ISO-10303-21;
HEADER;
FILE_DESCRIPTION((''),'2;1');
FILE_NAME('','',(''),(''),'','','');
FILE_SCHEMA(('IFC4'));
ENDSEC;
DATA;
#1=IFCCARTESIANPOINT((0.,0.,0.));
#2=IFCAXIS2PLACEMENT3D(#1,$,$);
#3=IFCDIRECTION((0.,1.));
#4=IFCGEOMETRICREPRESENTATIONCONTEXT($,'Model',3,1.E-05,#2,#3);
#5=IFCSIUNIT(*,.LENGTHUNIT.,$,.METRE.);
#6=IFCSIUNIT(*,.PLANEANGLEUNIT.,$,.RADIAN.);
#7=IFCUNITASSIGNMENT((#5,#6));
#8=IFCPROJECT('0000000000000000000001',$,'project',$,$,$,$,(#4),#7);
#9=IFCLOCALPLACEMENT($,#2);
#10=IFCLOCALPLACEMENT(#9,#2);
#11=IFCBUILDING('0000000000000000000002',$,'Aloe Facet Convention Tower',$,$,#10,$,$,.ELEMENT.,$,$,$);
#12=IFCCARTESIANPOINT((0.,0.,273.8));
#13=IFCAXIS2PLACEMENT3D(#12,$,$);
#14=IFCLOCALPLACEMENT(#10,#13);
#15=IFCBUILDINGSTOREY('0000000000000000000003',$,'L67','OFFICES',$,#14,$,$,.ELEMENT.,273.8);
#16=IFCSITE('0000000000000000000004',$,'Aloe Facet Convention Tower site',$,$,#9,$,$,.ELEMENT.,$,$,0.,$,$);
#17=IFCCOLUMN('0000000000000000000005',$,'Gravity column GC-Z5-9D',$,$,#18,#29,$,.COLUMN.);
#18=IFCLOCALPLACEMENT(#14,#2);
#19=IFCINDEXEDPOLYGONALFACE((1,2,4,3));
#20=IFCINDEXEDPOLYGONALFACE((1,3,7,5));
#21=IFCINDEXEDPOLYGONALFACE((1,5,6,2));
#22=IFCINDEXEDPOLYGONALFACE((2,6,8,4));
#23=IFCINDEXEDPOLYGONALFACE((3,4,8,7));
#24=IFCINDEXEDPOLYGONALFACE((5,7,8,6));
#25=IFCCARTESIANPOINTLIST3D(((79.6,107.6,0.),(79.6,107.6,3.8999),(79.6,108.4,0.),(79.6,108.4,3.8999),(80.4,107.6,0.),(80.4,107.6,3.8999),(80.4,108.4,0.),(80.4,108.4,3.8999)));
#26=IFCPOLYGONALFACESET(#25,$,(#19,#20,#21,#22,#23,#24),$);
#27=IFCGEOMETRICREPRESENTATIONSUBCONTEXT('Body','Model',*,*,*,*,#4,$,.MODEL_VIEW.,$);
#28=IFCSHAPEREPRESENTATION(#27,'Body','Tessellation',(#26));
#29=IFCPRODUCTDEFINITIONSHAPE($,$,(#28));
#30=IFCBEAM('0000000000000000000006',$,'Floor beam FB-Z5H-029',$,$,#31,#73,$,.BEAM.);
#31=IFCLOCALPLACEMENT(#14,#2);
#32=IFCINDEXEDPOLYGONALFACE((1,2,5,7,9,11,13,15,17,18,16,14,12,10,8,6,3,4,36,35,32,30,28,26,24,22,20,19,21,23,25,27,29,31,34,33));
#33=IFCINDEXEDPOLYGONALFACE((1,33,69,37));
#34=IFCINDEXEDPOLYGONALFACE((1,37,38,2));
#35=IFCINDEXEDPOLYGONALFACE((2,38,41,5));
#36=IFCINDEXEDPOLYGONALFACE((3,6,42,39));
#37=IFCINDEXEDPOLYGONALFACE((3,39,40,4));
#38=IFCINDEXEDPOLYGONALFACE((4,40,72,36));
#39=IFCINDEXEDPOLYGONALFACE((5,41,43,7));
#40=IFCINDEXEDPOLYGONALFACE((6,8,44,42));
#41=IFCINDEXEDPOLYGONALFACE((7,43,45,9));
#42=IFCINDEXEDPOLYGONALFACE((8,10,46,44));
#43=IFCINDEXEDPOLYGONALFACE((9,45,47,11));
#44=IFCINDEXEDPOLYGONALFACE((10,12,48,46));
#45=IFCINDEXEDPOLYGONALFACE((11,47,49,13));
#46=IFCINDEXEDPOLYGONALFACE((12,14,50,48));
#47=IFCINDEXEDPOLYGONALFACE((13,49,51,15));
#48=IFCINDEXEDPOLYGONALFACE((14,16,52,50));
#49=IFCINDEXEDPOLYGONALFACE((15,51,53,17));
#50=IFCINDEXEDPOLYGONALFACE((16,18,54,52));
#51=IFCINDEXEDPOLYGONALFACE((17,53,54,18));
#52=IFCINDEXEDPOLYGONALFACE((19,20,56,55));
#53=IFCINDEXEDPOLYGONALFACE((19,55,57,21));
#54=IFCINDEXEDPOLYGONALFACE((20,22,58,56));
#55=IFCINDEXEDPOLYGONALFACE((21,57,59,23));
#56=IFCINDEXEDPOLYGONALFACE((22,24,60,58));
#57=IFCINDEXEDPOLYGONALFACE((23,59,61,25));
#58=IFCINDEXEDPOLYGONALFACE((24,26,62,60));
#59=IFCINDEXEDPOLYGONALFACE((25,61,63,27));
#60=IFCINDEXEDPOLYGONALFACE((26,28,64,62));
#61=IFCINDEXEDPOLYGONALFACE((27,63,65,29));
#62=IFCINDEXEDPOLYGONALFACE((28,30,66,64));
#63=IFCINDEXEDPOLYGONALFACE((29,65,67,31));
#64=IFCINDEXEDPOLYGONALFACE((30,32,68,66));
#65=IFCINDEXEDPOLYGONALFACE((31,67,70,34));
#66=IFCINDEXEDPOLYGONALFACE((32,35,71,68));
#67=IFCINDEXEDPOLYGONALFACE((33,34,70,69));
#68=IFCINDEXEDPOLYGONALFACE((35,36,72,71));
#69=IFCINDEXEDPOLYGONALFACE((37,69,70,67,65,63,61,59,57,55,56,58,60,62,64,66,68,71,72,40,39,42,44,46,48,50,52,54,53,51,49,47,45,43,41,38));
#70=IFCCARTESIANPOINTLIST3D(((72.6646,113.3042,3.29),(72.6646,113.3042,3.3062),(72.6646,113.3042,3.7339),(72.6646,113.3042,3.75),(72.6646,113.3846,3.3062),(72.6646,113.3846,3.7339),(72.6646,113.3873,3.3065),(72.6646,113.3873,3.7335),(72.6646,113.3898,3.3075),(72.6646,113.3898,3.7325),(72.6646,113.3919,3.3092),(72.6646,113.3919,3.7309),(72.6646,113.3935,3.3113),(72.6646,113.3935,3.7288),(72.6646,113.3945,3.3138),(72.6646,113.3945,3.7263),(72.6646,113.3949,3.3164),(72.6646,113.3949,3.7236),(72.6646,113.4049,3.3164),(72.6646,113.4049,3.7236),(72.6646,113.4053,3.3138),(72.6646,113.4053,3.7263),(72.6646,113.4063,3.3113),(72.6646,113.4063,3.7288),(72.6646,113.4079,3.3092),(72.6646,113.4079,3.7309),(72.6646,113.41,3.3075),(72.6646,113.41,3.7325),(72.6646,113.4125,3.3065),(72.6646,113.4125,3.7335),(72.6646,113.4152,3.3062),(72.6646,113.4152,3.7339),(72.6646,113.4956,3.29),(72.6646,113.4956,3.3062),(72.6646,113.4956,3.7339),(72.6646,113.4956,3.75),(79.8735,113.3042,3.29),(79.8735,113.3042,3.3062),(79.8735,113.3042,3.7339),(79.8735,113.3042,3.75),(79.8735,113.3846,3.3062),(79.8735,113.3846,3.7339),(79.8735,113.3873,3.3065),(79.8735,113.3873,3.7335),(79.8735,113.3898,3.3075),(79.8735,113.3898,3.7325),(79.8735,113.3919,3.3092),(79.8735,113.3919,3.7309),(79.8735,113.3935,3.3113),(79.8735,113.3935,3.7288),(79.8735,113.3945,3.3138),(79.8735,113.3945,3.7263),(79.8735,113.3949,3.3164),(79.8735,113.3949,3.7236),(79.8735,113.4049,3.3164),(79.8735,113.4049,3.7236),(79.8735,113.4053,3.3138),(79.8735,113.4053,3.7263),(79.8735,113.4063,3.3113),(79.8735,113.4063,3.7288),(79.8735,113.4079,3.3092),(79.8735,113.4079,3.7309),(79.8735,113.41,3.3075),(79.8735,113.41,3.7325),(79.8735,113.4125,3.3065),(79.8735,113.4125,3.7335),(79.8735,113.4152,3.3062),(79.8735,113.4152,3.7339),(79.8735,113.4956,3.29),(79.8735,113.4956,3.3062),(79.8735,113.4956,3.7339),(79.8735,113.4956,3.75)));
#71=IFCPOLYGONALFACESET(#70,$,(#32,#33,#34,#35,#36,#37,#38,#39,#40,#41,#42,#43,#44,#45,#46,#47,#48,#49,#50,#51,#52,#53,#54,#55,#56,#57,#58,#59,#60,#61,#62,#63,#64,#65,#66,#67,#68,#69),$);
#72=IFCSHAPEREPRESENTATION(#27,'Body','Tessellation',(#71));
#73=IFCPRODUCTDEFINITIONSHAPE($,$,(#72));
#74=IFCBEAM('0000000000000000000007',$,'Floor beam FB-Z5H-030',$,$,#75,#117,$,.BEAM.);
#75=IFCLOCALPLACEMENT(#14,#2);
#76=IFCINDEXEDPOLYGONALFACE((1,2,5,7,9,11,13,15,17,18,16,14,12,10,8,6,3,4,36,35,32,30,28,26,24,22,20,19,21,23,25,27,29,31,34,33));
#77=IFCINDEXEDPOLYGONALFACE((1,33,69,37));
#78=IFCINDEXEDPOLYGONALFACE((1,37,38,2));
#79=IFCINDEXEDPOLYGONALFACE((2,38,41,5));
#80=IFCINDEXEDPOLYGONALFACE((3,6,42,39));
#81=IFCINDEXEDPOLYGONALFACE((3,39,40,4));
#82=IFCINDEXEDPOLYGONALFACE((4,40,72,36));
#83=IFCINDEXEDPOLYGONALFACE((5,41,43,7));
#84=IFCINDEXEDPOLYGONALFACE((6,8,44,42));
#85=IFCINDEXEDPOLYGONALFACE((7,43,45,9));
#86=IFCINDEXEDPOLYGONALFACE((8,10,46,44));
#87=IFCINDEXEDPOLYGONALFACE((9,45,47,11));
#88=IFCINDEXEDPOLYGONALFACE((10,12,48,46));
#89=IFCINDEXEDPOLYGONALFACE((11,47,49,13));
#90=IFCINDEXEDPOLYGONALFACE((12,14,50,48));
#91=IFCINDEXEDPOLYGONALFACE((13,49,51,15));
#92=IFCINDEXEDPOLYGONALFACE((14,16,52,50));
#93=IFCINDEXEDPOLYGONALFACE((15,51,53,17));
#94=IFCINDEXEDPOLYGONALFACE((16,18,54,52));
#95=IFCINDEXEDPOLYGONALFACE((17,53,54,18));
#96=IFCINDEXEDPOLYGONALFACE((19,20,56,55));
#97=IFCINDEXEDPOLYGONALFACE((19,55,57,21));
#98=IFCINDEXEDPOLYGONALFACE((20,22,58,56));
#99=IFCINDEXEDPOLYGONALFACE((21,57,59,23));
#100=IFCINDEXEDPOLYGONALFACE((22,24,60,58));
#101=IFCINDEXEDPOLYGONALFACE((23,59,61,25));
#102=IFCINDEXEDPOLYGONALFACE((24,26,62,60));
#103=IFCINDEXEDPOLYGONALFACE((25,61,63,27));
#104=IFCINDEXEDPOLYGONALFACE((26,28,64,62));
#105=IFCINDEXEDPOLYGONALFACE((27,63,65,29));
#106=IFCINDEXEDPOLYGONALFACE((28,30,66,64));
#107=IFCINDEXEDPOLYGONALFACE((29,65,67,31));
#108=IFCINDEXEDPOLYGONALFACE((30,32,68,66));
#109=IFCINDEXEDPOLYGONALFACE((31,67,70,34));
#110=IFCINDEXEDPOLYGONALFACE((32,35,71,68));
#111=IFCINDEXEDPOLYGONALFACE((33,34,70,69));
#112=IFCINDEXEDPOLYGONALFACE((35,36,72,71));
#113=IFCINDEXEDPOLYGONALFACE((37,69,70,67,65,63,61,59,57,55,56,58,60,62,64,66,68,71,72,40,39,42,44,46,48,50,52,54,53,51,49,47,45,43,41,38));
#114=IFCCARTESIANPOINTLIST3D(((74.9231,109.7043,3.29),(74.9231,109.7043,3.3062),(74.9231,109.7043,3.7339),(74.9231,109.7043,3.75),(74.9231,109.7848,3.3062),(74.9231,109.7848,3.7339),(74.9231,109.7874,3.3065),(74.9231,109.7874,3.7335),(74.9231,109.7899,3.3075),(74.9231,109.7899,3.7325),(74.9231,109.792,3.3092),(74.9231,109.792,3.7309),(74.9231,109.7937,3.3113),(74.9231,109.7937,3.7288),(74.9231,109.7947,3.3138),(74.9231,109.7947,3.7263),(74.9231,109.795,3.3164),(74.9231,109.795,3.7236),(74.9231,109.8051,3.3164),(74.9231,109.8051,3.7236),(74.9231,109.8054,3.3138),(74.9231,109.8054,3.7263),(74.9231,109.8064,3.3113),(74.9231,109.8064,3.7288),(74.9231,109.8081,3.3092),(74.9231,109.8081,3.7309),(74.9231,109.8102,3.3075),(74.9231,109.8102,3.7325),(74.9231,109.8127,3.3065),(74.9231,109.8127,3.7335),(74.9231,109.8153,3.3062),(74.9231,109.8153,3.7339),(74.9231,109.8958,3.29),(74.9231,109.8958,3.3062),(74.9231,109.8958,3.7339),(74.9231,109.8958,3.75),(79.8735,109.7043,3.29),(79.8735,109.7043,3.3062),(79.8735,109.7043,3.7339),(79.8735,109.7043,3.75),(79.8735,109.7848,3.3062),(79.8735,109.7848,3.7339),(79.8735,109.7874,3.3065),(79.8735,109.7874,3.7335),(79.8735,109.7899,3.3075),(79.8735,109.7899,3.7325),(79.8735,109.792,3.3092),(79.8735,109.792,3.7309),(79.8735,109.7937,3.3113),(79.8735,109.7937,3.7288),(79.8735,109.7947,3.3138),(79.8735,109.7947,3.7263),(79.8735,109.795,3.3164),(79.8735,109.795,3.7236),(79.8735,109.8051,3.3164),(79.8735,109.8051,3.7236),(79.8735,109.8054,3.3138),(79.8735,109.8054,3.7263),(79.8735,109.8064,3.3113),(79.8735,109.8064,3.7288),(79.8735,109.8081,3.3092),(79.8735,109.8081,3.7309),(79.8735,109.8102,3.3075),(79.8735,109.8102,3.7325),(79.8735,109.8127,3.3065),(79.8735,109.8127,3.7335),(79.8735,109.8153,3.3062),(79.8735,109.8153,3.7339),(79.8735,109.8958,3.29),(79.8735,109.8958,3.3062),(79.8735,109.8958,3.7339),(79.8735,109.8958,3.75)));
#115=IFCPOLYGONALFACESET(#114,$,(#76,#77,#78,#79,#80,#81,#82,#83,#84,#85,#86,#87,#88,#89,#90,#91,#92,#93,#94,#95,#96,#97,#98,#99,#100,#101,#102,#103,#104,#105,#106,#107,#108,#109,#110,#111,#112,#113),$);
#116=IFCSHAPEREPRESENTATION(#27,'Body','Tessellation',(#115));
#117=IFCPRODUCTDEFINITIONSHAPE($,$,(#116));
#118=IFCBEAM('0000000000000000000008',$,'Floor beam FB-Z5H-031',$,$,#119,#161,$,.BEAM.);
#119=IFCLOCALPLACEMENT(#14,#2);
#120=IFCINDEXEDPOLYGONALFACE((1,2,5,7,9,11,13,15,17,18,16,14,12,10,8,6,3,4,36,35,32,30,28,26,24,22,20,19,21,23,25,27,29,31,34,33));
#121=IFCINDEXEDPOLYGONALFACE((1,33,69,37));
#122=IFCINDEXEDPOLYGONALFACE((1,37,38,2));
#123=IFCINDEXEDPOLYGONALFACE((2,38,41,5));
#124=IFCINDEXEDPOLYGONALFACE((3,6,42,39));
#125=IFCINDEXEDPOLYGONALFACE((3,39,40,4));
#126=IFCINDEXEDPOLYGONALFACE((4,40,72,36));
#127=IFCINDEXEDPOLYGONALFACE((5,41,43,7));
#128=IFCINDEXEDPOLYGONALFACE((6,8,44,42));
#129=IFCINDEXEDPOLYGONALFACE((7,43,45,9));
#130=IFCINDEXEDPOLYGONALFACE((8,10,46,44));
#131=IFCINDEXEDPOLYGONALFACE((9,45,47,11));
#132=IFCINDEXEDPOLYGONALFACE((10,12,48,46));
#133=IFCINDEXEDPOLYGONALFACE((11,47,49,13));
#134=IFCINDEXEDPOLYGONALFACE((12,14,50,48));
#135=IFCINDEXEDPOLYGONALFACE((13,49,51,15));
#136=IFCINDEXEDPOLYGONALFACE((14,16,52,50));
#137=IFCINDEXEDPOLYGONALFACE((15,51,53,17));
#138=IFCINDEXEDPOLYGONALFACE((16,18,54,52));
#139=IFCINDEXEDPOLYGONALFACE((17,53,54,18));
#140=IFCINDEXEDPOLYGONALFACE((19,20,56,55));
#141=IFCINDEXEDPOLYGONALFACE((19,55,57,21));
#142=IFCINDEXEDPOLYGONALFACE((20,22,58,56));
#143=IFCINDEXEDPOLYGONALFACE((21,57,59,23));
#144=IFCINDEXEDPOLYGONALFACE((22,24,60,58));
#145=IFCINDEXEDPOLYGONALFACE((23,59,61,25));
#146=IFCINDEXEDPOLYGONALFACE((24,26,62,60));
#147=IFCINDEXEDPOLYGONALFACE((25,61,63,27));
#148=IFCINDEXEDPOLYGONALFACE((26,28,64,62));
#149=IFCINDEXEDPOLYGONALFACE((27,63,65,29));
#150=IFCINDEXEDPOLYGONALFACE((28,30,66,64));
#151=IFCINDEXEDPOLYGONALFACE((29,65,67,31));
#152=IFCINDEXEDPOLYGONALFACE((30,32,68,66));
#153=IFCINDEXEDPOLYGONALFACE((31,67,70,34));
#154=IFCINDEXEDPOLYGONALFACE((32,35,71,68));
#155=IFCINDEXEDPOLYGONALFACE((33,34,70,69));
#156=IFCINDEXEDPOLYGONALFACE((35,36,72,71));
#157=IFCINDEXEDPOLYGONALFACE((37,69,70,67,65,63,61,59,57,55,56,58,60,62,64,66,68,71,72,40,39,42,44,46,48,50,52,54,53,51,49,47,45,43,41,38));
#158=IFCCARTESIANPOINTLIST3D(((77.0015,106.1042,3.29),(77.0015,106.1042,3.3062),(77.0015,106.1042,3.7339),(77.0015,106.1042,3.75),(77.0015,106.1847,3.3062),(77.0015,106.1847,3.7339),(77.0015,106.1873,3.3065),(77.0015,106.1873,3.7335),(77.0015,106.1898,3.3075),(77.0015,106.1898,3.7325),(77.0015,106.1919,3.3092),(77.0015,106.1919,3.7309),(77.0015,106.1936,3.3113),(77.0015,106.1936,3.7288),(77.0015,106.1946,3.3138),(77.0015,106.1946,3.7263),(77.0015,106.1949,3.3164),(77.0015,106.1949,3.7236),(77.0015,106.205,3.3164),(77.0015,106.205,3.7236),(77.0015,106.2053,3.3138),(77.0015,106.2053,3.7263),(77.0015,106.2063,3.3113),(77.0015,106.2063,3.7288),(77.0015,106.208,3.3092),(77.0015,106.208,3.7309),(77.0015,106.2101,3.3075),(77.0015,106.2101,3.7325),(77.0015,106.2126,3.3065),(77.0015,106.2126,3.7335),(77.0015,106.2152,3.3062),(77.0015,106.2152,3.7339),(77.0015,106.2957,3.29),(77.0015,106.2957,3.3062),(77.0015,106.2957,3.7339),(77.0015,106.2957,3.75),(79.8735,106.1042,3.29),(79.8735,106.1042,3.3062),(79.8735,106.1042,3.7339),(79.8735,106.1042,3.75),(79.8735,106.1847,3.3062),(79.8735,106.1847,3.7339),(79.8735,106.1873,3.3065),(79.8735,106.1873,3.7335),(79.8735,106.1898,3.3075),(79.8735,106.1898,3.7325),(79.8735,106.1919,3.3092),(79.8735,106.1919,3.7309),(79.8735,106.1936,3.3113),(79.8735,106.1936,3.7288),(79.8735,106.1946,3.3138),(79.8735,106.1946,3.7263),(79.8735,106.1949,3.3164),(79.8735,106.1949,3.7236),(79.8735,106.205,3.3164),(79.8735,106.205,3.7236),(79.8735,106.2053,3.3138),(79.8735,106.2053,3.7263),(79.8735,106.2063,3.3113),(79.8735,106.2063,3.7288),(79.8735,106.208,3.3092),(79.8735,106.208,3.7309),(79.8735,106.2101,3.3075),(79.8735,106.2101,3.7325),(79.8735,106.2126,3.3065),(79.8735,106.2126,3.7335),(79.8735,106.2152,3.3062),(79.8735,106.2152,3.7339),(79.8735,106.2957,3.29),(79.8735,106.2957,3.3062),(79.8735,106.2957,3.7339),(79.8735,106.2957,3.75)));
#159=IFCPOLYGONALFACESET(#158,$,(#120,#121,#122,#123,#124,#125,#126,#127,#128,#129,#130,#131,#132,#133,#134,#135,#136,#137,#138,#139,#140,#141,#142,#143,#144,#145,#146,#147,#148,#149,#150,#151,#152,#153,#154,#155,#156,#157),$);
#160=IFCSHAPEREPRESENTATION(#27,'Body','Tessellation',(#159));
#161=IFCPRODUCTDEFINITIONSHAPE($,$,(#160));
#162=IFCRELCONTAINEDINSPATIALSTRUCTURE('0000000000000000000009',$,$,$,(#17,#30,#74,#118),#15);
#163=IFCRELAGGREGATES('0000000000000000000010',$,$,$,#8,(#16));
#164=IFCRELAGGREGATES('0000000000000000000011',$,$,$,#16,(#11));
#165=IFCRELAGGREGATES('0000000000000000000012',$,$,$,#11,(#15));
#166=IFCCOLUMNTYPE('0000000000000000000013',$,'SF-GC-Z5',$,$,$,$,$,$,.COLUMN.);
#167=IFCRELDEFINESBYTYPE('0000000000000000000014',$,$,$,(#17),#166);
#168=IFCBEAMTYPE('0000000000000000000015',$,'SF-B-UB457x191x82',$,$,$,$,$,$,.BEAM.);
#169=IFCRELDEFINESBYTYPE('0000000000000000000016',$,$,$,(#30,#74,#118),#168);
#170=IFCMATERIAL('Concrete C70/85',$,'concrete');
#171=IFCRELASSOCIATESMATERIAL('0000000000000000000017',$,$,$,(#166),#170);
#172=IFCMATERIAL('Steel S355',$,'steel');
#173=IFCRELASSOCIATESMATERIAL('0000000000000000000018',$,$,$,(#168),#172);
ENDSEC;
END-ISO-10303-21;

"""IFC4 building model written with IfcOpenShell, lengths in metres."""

from ifc_helpers import new_model, si_unit, direction, frame, origin, origin_2d, place, context, subcontext, project, spatial, rectangle, i_section, extrude, material, material_profile, profile_set, type_object, element, save


model = new_model("IFC4")

# Units and contexts
model_context = context("Model", 3, precision=1e-05, world=origin(), true_north=direction((0.0, 1.0)))
body_context = subcontext(model_context, "Body", "Model", "MODEL_VIEW")
ifc_project = project(units=[si_unit("LENGTHUNIT", "METRE"), si_unit("PLANEANGLEUNIT", "RADIAN")], contexts=[model_context])

# Site, building, storey
site_placement = place(None, origin())
site = spatial("IfcSite", under=ifc_project, at=site_placement, Name="Aloe Facet Convention Tower site", CompositionType="ELEMENT", RefElevation=0.0)
building_placement = place(site_placement, origin())
building = spatial("IfcBuilding", under=site, at=building_placement, Name="Aloe Facet Convention Tower", CompositionType="ELEMENT")
storey_placement = place(building_placement, frame((0.0, 0.0, 273.8)))
storey = spatial("IfcBuildingStorey", under=building, at=storey_placement, Name="L67", Description="OFFICES", CompositionType="ELEMENT", Elevation=273.8)

# Column
ifc_material_1 = material(Name="Concrete C70/85", Category="concrete")
ifc_material_profile_1 = material_profile(ifc_material_1, rectangle(XDim=0.8, YDim=0.8, at=origin_2d()), Name="SF-GC-Z5")
ifc_profile_set_1 = profile_set([ifc_material_profile_1], Name="Concrete C70/85")
column_type = type_object("IfcColumnType", Name="SF-GC-Z5", PredefinedType="COLUMN", material=ifc_profile_set_1)
column_placement = place(storey_placement, frame((80.0, 108.0, 0.0), z_axis=(0.0, 0.0, 1.0), x_axis=(1.0, 0.0, 0.0)))
element("IfcColumn", 1, at=column_placement, inside=storey, type_object=column_type, Name="Gravity column GC-Z5-9D", PredefinedType="COLUMN", context=body_context, shape_type="SweptSolid", body=[
    extrude(rectangle(XDim=0.8, YDim=0.8, at=origin_2d()), origin(), (0.0, 0.0, 1.0), 3.8999),
])

# Beams
ifc_material_2 = material(Name="Steel S355", Category="steel")
ifc_material_profile_2 = material_profile(ifc_material_2, i_section(OverallWidth=0.1914, OverallDepth=0.46, WebThickness=0.01, FlangeThickness=0.0161, FilletRadius=0.0103, at=origin_2d()), Name="UB 457x191x82")
ifc_profile_set_2 = profile_set([ifc_material_profile_2], Name="Steel S355")
beam_type_1 = type_object("IfcBeamType", Name="SF-B-UB457x191x82", PredefinedType="BEAM", material=ifc_profile_set_2)
beam_1_placement = place(storey_placement, frame((72.6646, 113.3999, 3.52), z_axis=(1.0, 0.0, 0.0), x_axis=(0.0, 1.0, 0.0)))
element("IfcBeam", 2, at=beam_1_placement, inside=storey, type_object=beam_type_1, Name="Floor beam FB-Z5H-029", PredefinedType="BEAM", context=body_context, shape_type="SweptSolid", body=[
    extrude(i_section(OverallWidth=0.1914, OverallDepth=0.46, WebThickness=0.01, FlangeThickness=0.0161, FilletRadius=0.0103, at=origin_2d()), origin(), (0.0, 0.0, 1.0), 7.209),
])
beam_2_placement = place(storey_placement, frame((74.9231, 109.8, 3.52), z_axis=(1.0, 0.0, 0.0), x_axis=(0.0, 1.0, 0.0)))
element("IfcBeam", 3, at=beam_2_placement, inside=storey, type_object=beam_type_1, Name="Floor beam FB-Z5H-030", PredefinedType="BEAM", context=body_context, shape_type="SweptSolid", body=[
    extrude(i_section(OverallWidth=0.1914, OverallDepth=0.46, WebThickness=0.01, FlangeThickness=0.0161, FilletRadius=0.0103, at=origin_2d()), origin(), (0.0, 0.0, 1.0), 4.9504),
])
for number, where, z_axis, x_axis, name in (
    (4, (77.0015, 106.2, 3.52), (1.0, 0.0, 0.0), (0.0, 1.0, 0.0), "Floor beam FB-Z5H-031"),
):
    element("IfcBeam", number, at=place(storey_placement, frame(where, z_axis=z_axis, x_axis=x_axis)), inside=storey, type_object=beam_type_1, Name=name, PredefinedType="BEAM", context=body_context, shape_type="SweptSolid", body=[
        extrude(i_section(OverallWidth=0.1914, OverallDepth=0.46, WebThickness=0.01, FlangeThickness=0.0161, FilletRadius=0.0103, at=origin_2d()), origin(), (0.0, 0.0, 1.0), 2.8721),
    ])

save(model, "model.ifc")
